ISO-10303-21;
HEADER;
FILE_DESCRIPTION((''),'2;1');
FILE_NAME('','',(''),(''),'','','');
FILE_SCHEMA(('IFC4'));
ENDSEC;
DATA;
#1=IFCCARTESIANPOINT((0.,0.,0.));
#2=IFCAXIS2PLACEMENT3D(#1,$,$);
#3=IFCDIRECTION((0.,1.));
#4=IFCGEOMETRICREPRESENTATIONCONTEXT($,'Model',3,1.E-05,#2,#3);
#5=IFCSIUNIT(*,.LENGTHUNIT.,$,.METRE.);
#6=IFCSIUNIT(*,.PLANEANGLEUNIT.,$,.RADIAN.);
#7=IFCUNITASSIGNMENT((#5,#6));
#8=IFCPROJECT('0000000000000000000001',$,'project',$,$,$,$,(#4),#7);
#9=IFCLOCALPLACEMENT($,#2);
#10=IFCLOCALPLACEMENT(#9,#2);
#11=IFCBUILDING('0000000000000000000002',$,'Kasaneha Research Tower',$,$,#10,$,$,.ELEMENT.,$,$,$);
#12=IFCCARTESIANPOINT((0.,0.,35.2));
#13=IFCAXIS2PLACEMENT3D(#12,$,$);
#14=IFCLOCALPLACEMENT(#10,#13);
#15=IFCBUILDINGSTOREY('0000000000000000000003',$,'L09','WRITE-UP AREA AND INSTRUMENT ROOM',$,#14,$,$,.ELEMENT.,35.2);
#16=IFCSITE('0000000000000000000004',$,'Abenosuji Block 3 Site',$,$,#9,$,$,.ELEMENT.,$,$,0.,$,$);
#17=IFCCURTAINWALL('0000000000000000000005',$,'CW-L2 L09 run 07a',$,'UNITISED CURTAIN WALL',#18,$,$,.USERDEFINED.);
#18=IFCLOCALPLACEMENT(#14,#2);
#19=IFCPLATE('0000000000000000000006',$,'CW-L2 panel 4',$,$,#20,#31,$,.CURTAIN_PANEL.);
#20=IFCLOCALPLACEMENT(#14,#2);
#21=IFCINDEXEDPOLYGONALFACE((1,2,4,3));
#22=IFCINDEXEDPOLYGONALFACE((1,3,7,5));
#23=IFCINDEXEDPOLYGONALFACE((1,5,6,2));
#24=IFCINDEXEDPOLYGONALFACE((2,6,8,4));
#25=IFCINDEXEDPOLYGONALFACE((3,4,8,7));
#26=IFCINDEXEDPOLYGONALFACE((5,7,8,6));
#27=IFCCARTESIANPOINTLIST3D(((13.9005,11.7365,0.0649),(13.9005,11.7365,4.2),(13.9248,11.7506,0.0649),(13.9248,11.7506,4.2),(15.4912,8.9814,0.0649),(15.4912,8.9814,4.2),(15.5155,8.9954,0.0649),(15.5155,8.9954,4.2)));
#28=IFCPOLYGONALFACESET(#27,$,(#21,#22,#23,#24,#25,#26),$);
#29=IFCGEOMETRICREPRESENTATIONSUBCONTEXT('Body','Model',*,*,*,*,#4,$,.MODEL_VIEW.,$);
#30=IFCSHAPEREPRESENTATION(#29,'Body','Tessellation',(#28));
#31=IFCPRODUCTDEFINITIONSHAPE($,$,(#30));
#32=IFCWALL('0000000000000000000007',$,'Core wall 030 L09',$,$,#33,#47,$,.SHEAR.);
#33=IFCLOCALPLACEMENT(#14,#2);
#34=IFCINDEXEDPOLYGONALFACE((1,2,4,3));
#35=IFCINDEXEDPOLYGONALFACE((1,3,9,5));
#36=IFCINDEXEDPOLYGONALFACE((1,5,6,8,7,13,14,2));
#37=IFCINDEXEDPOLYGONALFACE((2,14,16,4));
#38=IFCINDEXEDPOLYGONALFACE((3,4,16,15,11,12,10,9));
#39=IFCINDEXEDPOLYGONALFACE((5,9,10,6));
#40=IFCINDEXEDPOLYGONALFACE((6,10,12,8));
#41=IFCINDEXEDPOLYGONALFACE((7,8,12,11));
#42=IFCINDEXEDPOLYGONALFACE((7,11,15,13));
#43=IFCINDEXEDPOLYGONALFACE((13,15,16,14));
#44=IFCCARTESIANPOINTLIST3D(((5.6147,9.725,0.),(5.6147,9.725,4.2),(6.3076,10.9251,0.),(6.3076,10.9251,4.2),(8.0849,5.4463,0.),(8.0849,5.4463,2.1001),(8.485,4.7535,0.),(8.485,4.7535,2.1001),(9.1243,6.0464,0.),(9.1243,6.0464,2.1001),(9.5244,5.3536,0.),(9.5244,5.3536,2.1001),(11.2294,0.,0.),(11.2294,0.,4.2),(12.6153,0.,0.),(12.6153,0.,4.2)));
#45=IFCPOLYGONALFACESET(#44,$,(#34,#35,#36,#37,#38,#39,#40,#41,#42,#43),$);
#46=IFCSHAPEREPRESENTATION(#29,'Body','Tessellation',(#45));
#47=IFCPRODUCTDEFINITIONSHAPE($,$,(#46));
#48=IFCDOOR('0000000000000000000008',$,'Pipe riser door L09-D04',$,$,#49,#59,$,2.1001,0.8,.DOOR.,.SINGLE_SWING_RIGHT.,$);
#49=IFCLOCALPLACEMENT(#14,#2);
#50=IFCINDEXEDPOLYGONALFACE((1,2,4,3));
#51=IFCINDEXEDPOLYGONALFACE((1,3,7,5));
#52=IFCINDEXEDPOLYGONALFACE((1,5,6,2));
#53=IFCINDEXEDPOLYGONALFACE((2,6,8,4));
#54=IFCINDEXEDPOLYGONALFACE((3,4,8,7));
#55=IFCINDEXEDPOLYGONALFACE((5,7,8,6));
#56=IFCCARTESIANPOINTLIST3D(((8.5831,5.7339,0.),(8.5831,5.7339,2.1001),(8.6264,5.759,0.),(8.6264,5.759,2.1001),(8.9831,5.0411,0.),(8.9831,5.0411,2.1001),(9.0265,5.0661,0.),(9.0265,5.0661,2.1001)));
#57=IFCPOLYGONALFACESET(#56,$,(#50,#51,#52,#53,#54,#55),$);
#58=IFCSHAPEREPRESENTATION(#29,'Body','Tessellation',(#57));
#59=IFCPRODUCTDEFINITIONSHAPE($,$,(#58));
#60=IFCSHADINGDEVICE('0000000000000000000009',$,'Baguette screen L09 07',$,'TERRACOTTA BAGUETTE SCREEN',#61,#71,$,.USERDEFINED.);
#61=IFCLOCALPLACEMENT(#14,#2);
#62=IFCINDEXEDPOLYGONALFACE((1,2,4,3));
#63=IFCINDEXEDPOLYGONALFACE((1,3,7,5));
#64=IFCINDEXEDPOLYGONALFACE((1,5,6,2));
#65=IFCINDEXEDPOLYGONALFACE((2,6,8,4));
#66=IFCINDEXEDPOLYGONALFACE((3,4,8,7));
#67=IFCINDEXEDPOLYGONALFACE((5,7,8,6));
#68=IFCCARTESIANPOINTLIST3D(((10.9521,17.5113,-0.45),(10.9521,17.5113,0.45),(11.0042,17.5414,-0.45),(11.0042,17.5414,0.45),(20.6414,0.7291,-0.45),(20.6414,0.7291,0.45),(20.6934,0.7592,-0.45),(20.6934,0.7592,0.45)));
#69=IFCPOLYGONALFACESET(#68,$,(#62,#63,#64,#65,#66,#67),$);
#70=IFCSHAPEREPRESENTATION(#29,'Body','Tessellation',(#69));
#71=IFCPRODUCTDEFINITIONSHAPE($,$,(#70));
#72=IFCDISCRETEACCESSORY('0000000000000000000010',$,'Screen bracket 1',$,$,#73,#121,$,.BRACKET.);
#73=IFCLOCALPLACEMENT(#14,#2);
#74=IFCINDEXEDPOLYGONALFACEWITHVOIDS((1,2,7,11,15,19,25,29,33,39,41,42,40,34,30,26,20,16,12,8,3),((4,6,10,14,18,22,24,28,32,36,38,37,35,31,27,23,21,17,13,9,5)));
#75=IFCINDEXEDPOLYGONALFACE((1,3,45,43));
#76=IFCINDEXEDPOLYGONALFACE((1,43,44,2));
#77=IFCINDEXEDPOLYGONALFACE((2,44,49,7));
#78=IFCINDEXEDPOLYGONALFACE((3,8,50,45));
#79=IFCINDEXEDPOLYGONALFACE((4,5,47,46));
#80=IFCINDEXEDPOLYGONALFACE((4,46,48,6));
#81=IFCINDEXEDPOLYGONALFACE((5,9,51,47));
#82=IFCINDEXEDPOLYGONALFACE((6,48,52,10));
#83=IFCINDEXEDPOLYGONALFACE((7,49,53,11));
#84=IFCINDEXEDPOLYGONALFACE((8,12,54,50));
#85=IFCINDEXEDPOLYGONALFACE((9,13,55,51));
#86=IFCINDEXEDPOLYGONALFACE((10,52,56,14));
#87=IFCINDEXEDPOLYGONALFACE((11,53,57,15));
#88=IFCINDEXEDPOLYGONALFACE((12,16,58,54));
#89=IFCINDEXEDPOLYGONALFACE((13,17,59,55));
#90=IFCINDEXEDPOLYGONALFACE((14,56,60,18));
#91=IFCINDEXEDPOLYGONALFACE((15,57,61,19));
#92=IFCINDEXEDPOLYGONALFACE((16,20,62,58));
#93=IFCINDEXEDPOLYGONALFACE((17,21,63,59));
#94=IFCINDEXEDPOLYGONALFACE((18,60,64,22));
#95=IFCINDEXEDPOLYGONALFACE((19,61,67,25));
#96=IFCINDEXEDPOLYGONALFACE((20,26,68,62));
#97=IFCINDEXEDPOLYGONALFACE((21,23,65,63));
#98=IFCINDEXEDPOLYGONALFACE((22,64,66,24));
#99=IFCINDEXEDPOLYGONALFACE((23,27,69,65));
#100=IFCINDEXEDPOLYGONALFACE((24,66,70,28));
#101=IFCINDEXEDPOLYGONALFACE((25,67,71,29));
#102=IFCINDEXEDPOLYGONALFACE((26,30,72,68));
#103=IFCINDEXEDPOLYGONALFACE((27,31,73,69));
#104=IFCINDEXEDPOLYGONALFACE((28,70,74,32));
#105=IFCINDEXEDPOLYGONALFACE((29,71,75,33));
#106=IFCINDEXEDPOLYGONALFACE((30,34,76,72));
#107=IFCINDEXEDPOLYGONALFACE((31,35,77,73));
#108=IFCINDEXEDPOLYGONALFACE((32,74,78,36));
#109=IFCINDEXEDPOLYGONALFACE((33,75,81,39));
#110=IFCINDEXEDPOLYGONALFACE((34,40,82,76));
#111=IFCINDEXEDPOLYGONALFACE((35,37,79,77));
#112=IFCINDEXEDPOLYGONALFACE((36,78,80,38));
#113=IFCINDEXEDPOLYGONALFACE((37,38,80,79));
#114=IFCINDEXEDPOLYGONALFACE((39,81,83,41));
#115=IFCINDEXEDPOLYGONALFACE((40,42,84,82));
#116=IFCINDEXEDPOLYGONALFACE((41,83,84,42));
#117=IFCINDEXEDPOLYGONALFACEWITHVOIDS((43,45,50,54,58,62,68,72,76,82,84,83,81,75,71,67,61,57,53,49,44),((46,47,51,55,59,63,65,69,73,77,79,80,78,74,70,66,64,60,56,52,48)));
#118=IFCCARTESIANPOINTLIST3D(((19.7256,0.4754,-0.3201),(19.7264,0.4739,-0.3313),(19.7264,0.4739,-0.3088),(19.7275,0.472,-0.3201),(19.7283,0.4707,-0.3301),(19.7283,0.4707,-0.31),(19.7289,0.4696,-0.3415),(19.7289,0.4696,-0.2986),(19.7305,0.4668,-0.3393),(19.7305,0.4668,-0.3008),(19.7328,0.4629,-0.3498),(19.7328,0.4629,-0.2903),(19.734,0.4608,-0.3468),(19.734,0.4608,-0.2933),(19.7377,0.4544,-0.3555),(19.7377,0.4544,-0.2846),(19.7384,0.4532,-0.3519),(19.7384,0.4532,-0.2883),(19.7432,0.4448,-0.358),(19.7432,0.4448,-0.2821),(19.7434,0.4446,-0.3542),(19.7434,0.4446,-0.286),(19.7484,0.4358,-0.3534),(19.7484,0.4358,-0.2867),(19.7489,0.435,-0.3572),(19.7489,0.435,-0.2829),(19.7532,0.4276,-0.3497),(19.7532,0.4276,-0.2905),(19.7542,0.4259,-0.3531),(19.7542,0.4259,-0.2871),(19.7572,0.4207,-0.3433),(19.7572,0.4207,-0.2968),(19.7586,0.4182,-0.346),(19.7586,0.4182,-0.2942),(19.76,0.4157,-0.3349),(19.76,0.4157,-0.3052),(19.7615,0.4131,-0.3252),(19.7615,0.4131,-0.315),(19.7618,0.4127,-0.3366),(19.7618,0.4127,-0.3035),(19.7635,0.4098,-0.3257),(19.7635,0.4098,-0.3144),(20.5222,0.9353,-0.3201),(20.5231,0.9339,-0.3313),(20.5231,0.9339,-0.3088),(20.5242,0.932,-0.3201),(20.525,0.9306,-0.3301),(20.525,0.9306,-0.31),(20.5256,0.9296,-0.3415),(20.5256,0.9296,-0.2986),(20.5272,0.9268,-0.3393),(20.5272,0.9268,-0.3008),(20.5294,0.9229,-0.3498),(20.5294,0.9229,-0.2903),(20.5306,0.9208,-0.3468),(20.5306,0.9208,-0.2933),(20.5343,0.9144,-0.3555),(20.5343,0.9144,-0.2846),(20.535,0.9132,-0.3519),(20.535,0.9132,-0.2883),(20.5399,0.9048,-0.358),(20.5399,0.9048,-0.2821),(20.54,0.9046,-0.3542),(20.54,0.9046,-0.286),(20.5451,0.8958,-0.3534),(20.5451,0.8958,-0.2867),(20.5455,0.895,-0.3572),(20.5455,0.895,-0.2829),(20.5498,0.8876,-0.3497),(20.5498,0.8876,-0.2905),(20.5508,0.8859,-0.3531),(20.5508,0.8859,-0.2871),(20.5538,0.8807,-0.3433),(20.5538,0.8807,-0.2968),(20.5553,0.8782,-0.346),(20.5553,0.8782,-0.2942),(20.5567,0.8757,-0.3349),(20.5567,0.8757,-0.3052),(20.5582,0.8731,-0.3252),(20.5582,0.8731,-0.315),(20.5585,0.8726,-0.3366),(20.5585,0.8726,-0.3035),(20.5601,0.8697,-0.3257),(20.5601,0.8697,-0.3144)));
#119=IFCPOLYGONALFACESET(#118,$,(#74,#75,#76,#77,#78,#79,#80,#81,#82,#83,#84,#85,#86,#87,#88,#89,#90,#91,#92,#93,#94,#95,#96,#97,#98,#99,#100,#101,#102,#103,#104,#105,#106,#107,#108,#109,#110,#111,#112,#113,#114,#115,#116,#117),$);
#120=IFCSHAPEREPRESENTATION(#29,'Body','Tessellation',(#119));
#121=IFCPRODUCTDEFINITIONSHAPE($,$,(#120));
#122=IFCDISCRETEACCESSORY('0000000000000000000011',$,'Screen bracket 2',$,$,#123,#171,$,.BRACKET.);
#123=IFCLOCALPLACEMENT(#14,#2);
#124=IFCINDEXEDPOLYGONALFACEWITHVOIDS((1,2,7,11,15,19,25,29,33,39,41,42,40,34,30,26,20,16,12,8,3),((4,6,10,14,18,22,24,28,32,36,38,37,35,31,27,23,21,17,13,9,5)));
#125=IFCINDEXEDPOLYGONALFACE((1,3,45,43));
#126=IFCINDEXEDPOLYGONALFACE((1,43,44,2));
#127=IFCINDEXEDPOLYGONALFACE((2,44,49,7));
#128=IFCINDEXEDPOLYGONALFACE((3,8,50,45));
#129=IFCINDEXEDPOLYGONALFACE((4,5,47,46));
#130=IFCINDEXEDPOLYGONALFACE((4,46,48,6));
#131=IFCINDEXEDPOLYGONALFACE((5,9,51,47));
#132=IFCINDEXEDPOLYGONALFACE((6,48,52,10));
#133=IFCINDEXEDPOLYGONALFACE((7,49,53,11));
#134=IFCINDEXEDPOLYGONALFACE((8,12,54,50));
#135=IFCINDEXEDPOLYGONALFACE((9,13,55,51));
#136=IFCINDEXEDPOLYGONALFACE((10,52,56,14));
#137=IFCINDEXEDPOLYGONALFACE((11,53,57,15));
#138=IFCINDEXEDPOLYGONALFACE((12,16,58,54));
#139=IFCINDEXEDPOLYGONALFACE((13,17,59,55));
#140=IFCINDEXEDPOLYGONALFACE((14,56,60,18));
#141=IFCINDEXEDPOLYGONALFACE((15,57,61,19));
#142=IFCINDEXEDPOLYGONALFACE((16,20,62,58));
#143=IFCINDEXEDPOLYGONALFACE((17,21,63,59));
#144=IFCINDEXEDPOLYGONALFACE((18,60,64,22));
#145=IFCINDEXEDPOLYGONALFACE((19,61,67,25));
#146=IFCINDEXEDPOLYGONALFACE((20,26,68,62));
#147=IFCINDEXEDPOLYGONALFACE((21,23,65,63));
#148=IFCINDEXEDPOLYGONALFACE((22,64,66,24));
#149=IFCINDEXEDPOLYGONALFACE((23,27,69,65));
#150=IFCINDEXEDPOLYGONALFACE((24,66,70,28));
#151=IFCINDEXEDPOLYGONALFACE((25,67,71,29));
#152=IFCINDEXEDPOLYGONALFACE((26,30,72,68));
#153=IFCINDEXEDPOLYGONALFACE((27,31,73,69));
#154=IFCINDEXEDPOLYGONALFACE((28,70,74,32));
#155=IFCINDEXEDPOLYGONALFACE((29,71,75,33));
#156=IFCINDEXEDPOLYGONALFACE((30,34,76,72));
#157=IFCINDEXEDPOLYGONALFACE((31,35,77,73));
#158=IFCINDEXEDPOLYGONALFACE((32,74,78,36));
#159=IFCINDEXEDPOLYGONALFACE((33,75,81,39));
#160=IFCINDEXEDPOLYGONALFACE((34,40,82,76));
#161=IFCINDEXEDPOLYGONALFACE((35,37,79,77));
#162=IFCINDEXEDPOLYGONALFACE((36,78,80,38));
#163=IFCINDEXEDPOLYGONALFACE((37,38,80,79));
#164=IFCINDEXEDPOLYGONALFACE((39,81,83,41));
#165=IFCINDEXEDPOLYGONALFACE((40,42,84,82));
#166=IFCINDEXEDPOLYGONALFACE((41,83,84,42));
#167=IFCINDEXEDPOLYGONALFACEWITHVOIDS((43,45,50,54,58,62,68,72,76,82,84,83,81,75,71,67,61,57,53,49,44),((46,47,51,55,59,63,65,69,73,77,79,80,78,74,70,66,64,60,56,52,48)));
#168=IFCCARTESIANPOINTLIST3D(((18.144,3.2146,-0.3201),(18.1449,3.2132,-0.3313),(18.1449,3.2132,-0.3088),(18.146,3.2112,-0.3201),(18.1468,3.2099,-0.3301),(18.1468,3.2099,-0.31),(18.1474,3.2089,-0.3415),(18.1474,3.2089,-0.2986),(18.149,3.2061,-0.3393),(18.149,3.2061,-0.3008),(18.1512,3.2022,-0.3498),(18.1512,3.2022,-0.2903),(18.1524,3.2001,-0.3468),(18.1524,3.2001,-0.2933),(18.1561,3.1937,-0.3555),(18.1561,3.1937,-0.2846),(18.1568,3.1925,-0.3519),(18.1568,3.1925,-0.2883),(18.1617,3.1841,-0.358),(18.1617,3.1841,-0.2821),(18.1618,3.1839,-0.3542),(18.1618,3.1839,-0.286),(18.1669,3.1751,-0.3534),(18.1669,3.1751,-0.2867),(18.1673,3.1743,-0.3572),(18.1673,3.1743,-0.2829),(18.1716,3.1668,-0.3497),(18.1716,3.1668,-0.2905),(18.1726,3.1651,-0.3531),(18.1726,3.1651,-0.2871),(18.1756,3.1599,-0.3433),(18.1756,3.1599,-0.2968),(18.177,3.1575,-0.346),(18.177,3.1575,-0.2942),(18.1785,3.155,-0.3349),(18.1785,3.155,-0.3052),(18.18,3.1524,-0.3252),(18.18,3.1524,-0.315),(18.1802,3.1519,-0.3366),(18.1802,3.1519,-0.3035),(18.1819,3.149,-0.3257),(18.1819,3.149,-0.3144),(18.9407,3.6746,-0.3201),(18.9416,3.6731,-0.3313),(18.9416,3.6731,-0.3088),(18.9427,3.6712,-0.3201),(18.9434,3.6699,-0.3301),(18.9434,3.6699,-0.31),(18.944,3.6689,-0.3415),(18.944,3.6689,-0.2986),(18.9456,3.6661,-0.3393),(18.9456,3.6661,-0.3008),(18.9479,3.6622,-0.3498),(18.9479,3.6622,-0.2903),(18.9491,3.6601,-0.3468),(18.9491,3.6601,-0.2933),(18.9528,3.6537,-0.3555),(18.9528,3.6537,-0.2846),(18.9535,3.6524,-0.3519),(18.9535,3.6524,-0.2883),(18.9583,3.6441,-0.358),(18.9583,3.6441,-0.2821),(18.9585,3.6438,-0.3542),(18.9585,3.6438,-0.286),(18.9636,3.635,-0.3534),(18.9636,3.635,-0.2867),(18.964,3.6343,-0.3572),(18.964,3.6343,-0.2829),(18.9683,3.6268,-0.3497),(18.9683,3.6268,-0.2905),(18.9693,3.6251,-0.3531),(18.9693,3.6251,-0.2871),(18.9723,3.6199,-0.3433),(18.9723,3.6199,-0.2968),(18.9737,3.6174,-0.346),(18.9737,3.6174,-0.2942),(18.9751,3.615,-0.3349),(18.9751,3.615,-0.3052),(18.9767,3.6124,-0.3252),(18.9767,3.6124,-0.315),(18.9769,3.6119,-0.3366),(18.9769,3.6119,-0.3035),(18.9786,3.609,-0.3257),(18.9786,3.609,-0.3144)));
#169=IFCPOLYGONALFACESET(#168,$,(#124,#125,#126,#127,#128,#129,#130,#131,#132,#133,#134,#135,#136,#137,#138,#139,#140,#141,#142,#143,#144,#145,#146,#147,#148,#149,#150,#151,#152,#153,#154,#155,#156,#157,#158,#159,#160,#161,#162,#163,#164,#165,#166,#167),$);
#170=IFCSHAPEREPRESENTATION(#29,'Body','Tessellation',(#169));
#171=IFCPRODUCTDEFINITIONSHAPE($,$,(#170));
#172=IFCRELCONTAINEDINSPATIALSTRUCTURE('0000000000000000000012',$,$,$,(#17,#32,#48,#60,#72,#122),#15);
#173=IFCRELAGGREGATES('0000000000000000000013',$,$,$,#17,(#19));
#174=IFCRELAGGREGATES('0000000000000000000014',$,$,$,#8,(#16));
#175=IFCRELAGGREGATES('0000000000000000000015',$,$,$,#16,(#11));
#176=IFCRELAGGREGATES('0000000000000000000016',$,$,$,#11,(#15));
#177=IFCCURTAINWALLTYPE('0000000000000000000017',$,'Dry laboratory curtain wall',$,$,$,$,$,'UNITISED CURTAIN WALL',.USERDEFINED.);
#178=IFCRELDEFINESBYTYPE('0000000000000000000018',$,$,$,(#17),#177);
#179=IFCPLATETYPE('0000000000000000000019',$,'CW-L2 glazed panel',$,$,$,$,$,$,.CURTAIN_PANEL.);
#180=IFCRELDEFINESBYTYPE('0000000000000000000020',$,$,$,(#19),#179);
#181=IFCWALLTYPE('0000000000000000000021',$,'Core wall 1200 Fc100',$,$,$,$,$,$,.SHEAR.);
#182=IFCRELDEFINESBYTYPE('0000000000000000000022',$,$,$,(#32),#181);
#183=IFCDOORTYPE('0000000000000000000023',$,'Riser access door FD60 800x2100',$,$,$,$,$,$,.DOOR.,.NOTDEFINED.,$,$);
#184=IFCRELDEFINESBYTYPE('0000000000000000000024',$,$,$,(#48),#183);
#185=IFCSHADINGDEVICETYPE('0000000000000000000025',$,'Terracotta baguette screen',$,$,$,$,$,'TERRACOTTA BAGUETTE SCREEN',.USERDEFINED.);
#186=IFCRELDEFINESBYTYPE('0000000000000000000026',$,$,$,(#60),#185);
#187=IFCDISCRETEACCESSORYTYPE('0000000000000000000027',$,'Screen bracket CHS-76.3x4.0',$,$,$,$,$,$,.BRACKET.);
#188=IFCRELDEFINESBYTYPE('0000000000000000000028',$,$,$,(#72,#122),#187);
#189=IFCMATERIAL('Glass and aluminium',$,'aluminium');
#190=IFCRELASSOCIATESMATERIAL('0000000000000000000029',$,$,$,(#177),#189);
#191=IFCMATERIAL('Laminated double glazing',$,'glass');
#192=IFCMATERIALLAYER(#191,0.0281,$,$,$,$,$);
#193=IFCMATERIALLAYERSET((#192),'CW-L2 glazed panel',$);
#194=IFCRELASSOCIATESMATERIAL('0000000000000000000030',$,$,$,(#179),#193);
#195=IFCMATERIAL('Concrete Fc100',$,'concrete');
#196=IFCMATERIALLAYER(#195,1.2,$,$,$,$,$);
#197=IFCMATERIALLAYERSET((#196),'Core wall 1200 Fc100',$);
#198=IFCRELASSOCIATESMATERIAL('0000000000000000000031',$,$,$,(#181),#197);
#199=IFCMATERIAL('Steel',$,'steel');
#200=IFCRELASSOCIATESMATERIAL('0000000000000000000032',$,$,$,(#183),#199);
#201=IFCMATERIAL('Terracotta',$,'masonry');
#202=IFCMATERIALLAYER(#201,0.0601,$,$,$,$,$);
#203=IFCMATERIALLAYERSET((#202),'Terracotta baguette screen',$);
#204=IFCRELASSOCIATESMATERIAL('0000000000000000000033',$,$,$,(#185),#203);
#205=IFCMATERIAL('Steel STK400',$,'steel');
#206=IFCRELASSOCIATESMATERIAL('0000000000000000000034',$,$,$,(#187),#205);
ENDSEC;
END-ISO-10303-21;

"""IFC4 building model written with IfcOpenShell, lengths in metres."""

from ifc_helpers import new_model, si_unit, direction, frame, frame_2d, origin, origin_2d, place, context, subcontext, project, spatial, polyline, rectangle, hollow_circle, outline, extrude, material, layer, layer_set, material_profile, profile_set, type_object, element, fill, aggregate, save


model = new_model("IFC4")

# Units and contexts
model_context = context("Model", 3, precision=1e-05, world=origin(), true_north=direction((0.0, 1.0)))
body_context = subcontext(model_context, "Body", "Model", "MODEL_VIEW")
ifc_project = project(units=[si_unit("LENGTHUNIT", "METRE"), si_unit("PLANEANGLEUNIT", "RADIAN")], contexts=[model_context])

# Site, building, storey
site_placement = place(None, origin())
site = spatial("IfcSite", under=ifc_project, at=site_placement, Name="Abenosuji Block 3 Site", CompositionType="ELEMENT", RefElevation=0.0)
building_placement = place(site_placement, origin())
building = spatial("IfcBuilding", under=site, at=building_placement, Name="Kasaneha Research Tower", CompositionType="ELEMENT")
storey_placement = place(building_placement, frame((0.0, 0.0, 35.2)))
storey = spatial("IfcBuildingStorey", under=building, at=storey_placement, Name="L09", Description="WRITE-UP AREA AND INSTRUMENT ROOM", CompositionType="ELEMENT", Elevation=35.2)

# Shared definitions
ifc_material_1 = material(Name="Glass and aluminium", Category="aluminium")
curtain_wall_type = type_object("IfcCurtainWallType", Name="Dry laboratory curtain wall", ElementType="UNITISED CURTAIN WALL", PredefinedType="USERDEFINED", material=ifc_material_1)

# Curtain wall
curtain_wall_1_placement = place(storey_placement, origin())
curtain_wall_1 = element("IfcCurtainWall", 1, at=curtain_wall_1_placement, inside=storey, type_object=curtain_wall_type, Name="CW-L2 L09 run 07a", ObjectType="UNITISED CURTAIN WALL", PredefinedType="USERDEFINED")

# Plate
ifc_material_2 = material(Name="Laminated double glazing", Category="glass")
ifc_layer_1 = layer(ifc_material_2, 0.0281)
ifc_layer_set_1 = layer_set([ifc_layer_1], Name="CW-L2 glazed panel")
plate_type = type_object("IfcPlateType", Name="CW-L2 glazed panel", PredefinedType="CURTAIN_PANEL", material=ifc_layer_set_1)
plate_1_placement = place(storey_placement, frame((14.708, 10.366, 0.0649), z_axis=(0.0, 0.0, 1.0), x_axis=(-0.5, 0.866025, 0.0)))
plate_1 = element("IfcPlate", 2, at=plate_1_placement, type_object=plate_type, Name="CW-L2 panel 4", PredefinedType="CURTAIN_PANEL", context=body_context, shape_type="SweptSolid", body=[
    extrude(rectangle(XDim=3.1814, YDim=0.0281, at=origin_2d()), origin(), (0.0, 0.0, 1.0), 4.135),
])
aggregate(curtain_wall_1, [plate_1])

# Wall, opening, door
ifc_material_3 = material(Name="Concrete Fc100", Category="concrete")
ifc_layer_2 = layer(ifc_material_3, 1.2)
ifc_layer_set_2 = layer_set([ifc_layer_2], Name="Core wall 1200 Fc100")
wall_type_1 = type_object("IfcWallType", Name="Core wall 1200 Fc100", PredefinedType="SHEAR", material=ifc_layer_set_2)
wall_1_placement = place(storey_placement, frame((11.9224, 0.0, 0.0), z_axis=(0.0, 0.0, 1.0), x_axis=(-0.500004, 0.866023, 0.0)))
wall_1 = element("IfcWall", 3, at=wall_1_placement, inside=storey, type_object=wall_type_1, Name="Core wall 030 L09", PredefinedType="SHEAR", context=body_context, shape_type="SweptSolid", body=[
    extrude(outline(polyline([(-0.3464, -0.6001), (5.8354, -0.6001), (6.6355, -0.6001), (12.2688, -0.6001), (11.5759, 0.6001), (6.6355, 0.6001), (5.8354, 0.6001), (0.3464, 0.6001), (-0.3464, -0.6001)])), origin(), (0.0, 0.0, 1.0), 4.2),
])
opening_1_placement = place(wall_1_placement, frame((5.8354, 0.0, 0.0)))
opening_1 = element("IfcOpeningElement", 4, at=opening_1_placement, cuts=wall_1, PredefinedType="OPENING", context=body_context, shape_type="SweptSolid", body=[
    extrude(rectangle(XDim=0.8, YDim=2.1001, at=frame_2d((0.3999, 1.05))), frame((0.0, 0.6099, 0.0), z_axis=(0.0, -1.0, 0.0), x_axis=(1.0, 0.0, 0.0)), (0.0, 0.0, 1.0), 1.22),
])
ifc_material_4 = material(Name="Steel", Category="steel")
door_type_1 = type_object("IfcDoorType", Name="Riser access door FD60 800x2100", OperationType="NOTDEFINED", PredefinedType="DOOR", material=ifc_material_4)
door_1_placement = place(opening_1_placement, origin())
door_1 = element("IfcDoor", 5, at=door_1_placement, inside=storey, type_object=door_type_1, Name="Pipe riser door L09-D04", OperationType="SINGLE_SWING_RIGHT", OverallHeight=2.1001, OverallWidth=0.8, PredefinedType="DOOR", context=body_context, shape_type="SweptSolid", body=[
    extrude(rectangle(XDim=0.8, YDim=2.1001, at=frame_2d((0.3999, 1.05))), frame((0.0, 0.0249, 0.0), z_axis=(0.0, -1.0, 0.0), x_axis=(1.0, 0.0, 0.0)), (0.0, 0.0, 1.0), 0.05),
])
fill(opening_1, door_1)

# Shading device
ifc_material_5 = material(Name="Terracotta", Category="masonry")
ifc_layer_3 = layer(ifc_material_5, 0.0601)
ifc_layer_set_3 = layer_set([ifc_layer_3], Name="Terracotta baguette screen")
shading_device_type = type_object("IfcShadingDeviceType", Name="Terracotta baguette screen", ElementType="TERRACOTTA BAGUETTE SCREEN", PredefinedType="USERDEFINED", material=ifc_layer_set_3)
shading_device_placement = place(storey_placement, frame((15.8228, 9.1353, -0.45), z_axis=(0.0, 0.0, 1.0), x_axis=(-0.5, 0.866025, 0.0)))
element("IfcShadingDevice", 6, at=shading_device_placement, inside=storey, type_object=shading_device_type, Name="Baguette screen L09 07", ObjectType="TERRACOTTA BAGUETTE SCREEN", PredefinedType="USERDEFINED", context=body_context, shape_type="SweptSolid", body=[
    extrude(rectangle(XDim=19.3784, YDim=0.0601, at=origin_2d()), origin(), (0.0, 0.0, 1.0), 0.8999),
])

# Discrete accessories
ifc_material_6 = material(Name="Steel STK400", Category="steel")
ifc_material_profile_1 = material_profile(ifc_material_6, hollow_circle(Radius=0.0381, WallThickness=0.0039, at=origin_2d()), Name="CHS-76.3x4.0")
ifc_profile_set_1 = profile_set([ifc_material_profile_1], Name="Steel STK400")
discrete_accessory_type = type_object("IfcDiscreteAccessoryType", Name="Screen bracket CHS-76.3x4.0", PredefinedType="BRACKET", material=ifc_profile_set_1)
for number, where, z_axis, x_axis, name in (
    (7, (19.7446, 0.4424, -0.3201), (0.866013, 0.500021, 0.0), (-0.500021, 0.866013, 0.0), "Screen bracket 1"),
    (8, (18.1631, 3.1816, -0.3201), (0.866013, 0.500021, 0.0), (-0.500021, 0.866013, 0.0), "Screen bracket 2"),
):
    element("IfcDiscreteAccessory", number, at=place(storey_placement, frame(where, z_axis=z_axis, x_axis=x_axis)), inside=storey, type_object=discrete_accessory_type, Name=name, PredefinedType="BRACKET", context=body_context, shape_type="SweptSolid", body=[
        extrude(hollow_circle(Radius=0.0381, WallThickness=0.0039, at=origin_2d()), origin(), (0.0, 0.0, 1.0), 0.9199),
    ])

save(model, "model.ifc")
